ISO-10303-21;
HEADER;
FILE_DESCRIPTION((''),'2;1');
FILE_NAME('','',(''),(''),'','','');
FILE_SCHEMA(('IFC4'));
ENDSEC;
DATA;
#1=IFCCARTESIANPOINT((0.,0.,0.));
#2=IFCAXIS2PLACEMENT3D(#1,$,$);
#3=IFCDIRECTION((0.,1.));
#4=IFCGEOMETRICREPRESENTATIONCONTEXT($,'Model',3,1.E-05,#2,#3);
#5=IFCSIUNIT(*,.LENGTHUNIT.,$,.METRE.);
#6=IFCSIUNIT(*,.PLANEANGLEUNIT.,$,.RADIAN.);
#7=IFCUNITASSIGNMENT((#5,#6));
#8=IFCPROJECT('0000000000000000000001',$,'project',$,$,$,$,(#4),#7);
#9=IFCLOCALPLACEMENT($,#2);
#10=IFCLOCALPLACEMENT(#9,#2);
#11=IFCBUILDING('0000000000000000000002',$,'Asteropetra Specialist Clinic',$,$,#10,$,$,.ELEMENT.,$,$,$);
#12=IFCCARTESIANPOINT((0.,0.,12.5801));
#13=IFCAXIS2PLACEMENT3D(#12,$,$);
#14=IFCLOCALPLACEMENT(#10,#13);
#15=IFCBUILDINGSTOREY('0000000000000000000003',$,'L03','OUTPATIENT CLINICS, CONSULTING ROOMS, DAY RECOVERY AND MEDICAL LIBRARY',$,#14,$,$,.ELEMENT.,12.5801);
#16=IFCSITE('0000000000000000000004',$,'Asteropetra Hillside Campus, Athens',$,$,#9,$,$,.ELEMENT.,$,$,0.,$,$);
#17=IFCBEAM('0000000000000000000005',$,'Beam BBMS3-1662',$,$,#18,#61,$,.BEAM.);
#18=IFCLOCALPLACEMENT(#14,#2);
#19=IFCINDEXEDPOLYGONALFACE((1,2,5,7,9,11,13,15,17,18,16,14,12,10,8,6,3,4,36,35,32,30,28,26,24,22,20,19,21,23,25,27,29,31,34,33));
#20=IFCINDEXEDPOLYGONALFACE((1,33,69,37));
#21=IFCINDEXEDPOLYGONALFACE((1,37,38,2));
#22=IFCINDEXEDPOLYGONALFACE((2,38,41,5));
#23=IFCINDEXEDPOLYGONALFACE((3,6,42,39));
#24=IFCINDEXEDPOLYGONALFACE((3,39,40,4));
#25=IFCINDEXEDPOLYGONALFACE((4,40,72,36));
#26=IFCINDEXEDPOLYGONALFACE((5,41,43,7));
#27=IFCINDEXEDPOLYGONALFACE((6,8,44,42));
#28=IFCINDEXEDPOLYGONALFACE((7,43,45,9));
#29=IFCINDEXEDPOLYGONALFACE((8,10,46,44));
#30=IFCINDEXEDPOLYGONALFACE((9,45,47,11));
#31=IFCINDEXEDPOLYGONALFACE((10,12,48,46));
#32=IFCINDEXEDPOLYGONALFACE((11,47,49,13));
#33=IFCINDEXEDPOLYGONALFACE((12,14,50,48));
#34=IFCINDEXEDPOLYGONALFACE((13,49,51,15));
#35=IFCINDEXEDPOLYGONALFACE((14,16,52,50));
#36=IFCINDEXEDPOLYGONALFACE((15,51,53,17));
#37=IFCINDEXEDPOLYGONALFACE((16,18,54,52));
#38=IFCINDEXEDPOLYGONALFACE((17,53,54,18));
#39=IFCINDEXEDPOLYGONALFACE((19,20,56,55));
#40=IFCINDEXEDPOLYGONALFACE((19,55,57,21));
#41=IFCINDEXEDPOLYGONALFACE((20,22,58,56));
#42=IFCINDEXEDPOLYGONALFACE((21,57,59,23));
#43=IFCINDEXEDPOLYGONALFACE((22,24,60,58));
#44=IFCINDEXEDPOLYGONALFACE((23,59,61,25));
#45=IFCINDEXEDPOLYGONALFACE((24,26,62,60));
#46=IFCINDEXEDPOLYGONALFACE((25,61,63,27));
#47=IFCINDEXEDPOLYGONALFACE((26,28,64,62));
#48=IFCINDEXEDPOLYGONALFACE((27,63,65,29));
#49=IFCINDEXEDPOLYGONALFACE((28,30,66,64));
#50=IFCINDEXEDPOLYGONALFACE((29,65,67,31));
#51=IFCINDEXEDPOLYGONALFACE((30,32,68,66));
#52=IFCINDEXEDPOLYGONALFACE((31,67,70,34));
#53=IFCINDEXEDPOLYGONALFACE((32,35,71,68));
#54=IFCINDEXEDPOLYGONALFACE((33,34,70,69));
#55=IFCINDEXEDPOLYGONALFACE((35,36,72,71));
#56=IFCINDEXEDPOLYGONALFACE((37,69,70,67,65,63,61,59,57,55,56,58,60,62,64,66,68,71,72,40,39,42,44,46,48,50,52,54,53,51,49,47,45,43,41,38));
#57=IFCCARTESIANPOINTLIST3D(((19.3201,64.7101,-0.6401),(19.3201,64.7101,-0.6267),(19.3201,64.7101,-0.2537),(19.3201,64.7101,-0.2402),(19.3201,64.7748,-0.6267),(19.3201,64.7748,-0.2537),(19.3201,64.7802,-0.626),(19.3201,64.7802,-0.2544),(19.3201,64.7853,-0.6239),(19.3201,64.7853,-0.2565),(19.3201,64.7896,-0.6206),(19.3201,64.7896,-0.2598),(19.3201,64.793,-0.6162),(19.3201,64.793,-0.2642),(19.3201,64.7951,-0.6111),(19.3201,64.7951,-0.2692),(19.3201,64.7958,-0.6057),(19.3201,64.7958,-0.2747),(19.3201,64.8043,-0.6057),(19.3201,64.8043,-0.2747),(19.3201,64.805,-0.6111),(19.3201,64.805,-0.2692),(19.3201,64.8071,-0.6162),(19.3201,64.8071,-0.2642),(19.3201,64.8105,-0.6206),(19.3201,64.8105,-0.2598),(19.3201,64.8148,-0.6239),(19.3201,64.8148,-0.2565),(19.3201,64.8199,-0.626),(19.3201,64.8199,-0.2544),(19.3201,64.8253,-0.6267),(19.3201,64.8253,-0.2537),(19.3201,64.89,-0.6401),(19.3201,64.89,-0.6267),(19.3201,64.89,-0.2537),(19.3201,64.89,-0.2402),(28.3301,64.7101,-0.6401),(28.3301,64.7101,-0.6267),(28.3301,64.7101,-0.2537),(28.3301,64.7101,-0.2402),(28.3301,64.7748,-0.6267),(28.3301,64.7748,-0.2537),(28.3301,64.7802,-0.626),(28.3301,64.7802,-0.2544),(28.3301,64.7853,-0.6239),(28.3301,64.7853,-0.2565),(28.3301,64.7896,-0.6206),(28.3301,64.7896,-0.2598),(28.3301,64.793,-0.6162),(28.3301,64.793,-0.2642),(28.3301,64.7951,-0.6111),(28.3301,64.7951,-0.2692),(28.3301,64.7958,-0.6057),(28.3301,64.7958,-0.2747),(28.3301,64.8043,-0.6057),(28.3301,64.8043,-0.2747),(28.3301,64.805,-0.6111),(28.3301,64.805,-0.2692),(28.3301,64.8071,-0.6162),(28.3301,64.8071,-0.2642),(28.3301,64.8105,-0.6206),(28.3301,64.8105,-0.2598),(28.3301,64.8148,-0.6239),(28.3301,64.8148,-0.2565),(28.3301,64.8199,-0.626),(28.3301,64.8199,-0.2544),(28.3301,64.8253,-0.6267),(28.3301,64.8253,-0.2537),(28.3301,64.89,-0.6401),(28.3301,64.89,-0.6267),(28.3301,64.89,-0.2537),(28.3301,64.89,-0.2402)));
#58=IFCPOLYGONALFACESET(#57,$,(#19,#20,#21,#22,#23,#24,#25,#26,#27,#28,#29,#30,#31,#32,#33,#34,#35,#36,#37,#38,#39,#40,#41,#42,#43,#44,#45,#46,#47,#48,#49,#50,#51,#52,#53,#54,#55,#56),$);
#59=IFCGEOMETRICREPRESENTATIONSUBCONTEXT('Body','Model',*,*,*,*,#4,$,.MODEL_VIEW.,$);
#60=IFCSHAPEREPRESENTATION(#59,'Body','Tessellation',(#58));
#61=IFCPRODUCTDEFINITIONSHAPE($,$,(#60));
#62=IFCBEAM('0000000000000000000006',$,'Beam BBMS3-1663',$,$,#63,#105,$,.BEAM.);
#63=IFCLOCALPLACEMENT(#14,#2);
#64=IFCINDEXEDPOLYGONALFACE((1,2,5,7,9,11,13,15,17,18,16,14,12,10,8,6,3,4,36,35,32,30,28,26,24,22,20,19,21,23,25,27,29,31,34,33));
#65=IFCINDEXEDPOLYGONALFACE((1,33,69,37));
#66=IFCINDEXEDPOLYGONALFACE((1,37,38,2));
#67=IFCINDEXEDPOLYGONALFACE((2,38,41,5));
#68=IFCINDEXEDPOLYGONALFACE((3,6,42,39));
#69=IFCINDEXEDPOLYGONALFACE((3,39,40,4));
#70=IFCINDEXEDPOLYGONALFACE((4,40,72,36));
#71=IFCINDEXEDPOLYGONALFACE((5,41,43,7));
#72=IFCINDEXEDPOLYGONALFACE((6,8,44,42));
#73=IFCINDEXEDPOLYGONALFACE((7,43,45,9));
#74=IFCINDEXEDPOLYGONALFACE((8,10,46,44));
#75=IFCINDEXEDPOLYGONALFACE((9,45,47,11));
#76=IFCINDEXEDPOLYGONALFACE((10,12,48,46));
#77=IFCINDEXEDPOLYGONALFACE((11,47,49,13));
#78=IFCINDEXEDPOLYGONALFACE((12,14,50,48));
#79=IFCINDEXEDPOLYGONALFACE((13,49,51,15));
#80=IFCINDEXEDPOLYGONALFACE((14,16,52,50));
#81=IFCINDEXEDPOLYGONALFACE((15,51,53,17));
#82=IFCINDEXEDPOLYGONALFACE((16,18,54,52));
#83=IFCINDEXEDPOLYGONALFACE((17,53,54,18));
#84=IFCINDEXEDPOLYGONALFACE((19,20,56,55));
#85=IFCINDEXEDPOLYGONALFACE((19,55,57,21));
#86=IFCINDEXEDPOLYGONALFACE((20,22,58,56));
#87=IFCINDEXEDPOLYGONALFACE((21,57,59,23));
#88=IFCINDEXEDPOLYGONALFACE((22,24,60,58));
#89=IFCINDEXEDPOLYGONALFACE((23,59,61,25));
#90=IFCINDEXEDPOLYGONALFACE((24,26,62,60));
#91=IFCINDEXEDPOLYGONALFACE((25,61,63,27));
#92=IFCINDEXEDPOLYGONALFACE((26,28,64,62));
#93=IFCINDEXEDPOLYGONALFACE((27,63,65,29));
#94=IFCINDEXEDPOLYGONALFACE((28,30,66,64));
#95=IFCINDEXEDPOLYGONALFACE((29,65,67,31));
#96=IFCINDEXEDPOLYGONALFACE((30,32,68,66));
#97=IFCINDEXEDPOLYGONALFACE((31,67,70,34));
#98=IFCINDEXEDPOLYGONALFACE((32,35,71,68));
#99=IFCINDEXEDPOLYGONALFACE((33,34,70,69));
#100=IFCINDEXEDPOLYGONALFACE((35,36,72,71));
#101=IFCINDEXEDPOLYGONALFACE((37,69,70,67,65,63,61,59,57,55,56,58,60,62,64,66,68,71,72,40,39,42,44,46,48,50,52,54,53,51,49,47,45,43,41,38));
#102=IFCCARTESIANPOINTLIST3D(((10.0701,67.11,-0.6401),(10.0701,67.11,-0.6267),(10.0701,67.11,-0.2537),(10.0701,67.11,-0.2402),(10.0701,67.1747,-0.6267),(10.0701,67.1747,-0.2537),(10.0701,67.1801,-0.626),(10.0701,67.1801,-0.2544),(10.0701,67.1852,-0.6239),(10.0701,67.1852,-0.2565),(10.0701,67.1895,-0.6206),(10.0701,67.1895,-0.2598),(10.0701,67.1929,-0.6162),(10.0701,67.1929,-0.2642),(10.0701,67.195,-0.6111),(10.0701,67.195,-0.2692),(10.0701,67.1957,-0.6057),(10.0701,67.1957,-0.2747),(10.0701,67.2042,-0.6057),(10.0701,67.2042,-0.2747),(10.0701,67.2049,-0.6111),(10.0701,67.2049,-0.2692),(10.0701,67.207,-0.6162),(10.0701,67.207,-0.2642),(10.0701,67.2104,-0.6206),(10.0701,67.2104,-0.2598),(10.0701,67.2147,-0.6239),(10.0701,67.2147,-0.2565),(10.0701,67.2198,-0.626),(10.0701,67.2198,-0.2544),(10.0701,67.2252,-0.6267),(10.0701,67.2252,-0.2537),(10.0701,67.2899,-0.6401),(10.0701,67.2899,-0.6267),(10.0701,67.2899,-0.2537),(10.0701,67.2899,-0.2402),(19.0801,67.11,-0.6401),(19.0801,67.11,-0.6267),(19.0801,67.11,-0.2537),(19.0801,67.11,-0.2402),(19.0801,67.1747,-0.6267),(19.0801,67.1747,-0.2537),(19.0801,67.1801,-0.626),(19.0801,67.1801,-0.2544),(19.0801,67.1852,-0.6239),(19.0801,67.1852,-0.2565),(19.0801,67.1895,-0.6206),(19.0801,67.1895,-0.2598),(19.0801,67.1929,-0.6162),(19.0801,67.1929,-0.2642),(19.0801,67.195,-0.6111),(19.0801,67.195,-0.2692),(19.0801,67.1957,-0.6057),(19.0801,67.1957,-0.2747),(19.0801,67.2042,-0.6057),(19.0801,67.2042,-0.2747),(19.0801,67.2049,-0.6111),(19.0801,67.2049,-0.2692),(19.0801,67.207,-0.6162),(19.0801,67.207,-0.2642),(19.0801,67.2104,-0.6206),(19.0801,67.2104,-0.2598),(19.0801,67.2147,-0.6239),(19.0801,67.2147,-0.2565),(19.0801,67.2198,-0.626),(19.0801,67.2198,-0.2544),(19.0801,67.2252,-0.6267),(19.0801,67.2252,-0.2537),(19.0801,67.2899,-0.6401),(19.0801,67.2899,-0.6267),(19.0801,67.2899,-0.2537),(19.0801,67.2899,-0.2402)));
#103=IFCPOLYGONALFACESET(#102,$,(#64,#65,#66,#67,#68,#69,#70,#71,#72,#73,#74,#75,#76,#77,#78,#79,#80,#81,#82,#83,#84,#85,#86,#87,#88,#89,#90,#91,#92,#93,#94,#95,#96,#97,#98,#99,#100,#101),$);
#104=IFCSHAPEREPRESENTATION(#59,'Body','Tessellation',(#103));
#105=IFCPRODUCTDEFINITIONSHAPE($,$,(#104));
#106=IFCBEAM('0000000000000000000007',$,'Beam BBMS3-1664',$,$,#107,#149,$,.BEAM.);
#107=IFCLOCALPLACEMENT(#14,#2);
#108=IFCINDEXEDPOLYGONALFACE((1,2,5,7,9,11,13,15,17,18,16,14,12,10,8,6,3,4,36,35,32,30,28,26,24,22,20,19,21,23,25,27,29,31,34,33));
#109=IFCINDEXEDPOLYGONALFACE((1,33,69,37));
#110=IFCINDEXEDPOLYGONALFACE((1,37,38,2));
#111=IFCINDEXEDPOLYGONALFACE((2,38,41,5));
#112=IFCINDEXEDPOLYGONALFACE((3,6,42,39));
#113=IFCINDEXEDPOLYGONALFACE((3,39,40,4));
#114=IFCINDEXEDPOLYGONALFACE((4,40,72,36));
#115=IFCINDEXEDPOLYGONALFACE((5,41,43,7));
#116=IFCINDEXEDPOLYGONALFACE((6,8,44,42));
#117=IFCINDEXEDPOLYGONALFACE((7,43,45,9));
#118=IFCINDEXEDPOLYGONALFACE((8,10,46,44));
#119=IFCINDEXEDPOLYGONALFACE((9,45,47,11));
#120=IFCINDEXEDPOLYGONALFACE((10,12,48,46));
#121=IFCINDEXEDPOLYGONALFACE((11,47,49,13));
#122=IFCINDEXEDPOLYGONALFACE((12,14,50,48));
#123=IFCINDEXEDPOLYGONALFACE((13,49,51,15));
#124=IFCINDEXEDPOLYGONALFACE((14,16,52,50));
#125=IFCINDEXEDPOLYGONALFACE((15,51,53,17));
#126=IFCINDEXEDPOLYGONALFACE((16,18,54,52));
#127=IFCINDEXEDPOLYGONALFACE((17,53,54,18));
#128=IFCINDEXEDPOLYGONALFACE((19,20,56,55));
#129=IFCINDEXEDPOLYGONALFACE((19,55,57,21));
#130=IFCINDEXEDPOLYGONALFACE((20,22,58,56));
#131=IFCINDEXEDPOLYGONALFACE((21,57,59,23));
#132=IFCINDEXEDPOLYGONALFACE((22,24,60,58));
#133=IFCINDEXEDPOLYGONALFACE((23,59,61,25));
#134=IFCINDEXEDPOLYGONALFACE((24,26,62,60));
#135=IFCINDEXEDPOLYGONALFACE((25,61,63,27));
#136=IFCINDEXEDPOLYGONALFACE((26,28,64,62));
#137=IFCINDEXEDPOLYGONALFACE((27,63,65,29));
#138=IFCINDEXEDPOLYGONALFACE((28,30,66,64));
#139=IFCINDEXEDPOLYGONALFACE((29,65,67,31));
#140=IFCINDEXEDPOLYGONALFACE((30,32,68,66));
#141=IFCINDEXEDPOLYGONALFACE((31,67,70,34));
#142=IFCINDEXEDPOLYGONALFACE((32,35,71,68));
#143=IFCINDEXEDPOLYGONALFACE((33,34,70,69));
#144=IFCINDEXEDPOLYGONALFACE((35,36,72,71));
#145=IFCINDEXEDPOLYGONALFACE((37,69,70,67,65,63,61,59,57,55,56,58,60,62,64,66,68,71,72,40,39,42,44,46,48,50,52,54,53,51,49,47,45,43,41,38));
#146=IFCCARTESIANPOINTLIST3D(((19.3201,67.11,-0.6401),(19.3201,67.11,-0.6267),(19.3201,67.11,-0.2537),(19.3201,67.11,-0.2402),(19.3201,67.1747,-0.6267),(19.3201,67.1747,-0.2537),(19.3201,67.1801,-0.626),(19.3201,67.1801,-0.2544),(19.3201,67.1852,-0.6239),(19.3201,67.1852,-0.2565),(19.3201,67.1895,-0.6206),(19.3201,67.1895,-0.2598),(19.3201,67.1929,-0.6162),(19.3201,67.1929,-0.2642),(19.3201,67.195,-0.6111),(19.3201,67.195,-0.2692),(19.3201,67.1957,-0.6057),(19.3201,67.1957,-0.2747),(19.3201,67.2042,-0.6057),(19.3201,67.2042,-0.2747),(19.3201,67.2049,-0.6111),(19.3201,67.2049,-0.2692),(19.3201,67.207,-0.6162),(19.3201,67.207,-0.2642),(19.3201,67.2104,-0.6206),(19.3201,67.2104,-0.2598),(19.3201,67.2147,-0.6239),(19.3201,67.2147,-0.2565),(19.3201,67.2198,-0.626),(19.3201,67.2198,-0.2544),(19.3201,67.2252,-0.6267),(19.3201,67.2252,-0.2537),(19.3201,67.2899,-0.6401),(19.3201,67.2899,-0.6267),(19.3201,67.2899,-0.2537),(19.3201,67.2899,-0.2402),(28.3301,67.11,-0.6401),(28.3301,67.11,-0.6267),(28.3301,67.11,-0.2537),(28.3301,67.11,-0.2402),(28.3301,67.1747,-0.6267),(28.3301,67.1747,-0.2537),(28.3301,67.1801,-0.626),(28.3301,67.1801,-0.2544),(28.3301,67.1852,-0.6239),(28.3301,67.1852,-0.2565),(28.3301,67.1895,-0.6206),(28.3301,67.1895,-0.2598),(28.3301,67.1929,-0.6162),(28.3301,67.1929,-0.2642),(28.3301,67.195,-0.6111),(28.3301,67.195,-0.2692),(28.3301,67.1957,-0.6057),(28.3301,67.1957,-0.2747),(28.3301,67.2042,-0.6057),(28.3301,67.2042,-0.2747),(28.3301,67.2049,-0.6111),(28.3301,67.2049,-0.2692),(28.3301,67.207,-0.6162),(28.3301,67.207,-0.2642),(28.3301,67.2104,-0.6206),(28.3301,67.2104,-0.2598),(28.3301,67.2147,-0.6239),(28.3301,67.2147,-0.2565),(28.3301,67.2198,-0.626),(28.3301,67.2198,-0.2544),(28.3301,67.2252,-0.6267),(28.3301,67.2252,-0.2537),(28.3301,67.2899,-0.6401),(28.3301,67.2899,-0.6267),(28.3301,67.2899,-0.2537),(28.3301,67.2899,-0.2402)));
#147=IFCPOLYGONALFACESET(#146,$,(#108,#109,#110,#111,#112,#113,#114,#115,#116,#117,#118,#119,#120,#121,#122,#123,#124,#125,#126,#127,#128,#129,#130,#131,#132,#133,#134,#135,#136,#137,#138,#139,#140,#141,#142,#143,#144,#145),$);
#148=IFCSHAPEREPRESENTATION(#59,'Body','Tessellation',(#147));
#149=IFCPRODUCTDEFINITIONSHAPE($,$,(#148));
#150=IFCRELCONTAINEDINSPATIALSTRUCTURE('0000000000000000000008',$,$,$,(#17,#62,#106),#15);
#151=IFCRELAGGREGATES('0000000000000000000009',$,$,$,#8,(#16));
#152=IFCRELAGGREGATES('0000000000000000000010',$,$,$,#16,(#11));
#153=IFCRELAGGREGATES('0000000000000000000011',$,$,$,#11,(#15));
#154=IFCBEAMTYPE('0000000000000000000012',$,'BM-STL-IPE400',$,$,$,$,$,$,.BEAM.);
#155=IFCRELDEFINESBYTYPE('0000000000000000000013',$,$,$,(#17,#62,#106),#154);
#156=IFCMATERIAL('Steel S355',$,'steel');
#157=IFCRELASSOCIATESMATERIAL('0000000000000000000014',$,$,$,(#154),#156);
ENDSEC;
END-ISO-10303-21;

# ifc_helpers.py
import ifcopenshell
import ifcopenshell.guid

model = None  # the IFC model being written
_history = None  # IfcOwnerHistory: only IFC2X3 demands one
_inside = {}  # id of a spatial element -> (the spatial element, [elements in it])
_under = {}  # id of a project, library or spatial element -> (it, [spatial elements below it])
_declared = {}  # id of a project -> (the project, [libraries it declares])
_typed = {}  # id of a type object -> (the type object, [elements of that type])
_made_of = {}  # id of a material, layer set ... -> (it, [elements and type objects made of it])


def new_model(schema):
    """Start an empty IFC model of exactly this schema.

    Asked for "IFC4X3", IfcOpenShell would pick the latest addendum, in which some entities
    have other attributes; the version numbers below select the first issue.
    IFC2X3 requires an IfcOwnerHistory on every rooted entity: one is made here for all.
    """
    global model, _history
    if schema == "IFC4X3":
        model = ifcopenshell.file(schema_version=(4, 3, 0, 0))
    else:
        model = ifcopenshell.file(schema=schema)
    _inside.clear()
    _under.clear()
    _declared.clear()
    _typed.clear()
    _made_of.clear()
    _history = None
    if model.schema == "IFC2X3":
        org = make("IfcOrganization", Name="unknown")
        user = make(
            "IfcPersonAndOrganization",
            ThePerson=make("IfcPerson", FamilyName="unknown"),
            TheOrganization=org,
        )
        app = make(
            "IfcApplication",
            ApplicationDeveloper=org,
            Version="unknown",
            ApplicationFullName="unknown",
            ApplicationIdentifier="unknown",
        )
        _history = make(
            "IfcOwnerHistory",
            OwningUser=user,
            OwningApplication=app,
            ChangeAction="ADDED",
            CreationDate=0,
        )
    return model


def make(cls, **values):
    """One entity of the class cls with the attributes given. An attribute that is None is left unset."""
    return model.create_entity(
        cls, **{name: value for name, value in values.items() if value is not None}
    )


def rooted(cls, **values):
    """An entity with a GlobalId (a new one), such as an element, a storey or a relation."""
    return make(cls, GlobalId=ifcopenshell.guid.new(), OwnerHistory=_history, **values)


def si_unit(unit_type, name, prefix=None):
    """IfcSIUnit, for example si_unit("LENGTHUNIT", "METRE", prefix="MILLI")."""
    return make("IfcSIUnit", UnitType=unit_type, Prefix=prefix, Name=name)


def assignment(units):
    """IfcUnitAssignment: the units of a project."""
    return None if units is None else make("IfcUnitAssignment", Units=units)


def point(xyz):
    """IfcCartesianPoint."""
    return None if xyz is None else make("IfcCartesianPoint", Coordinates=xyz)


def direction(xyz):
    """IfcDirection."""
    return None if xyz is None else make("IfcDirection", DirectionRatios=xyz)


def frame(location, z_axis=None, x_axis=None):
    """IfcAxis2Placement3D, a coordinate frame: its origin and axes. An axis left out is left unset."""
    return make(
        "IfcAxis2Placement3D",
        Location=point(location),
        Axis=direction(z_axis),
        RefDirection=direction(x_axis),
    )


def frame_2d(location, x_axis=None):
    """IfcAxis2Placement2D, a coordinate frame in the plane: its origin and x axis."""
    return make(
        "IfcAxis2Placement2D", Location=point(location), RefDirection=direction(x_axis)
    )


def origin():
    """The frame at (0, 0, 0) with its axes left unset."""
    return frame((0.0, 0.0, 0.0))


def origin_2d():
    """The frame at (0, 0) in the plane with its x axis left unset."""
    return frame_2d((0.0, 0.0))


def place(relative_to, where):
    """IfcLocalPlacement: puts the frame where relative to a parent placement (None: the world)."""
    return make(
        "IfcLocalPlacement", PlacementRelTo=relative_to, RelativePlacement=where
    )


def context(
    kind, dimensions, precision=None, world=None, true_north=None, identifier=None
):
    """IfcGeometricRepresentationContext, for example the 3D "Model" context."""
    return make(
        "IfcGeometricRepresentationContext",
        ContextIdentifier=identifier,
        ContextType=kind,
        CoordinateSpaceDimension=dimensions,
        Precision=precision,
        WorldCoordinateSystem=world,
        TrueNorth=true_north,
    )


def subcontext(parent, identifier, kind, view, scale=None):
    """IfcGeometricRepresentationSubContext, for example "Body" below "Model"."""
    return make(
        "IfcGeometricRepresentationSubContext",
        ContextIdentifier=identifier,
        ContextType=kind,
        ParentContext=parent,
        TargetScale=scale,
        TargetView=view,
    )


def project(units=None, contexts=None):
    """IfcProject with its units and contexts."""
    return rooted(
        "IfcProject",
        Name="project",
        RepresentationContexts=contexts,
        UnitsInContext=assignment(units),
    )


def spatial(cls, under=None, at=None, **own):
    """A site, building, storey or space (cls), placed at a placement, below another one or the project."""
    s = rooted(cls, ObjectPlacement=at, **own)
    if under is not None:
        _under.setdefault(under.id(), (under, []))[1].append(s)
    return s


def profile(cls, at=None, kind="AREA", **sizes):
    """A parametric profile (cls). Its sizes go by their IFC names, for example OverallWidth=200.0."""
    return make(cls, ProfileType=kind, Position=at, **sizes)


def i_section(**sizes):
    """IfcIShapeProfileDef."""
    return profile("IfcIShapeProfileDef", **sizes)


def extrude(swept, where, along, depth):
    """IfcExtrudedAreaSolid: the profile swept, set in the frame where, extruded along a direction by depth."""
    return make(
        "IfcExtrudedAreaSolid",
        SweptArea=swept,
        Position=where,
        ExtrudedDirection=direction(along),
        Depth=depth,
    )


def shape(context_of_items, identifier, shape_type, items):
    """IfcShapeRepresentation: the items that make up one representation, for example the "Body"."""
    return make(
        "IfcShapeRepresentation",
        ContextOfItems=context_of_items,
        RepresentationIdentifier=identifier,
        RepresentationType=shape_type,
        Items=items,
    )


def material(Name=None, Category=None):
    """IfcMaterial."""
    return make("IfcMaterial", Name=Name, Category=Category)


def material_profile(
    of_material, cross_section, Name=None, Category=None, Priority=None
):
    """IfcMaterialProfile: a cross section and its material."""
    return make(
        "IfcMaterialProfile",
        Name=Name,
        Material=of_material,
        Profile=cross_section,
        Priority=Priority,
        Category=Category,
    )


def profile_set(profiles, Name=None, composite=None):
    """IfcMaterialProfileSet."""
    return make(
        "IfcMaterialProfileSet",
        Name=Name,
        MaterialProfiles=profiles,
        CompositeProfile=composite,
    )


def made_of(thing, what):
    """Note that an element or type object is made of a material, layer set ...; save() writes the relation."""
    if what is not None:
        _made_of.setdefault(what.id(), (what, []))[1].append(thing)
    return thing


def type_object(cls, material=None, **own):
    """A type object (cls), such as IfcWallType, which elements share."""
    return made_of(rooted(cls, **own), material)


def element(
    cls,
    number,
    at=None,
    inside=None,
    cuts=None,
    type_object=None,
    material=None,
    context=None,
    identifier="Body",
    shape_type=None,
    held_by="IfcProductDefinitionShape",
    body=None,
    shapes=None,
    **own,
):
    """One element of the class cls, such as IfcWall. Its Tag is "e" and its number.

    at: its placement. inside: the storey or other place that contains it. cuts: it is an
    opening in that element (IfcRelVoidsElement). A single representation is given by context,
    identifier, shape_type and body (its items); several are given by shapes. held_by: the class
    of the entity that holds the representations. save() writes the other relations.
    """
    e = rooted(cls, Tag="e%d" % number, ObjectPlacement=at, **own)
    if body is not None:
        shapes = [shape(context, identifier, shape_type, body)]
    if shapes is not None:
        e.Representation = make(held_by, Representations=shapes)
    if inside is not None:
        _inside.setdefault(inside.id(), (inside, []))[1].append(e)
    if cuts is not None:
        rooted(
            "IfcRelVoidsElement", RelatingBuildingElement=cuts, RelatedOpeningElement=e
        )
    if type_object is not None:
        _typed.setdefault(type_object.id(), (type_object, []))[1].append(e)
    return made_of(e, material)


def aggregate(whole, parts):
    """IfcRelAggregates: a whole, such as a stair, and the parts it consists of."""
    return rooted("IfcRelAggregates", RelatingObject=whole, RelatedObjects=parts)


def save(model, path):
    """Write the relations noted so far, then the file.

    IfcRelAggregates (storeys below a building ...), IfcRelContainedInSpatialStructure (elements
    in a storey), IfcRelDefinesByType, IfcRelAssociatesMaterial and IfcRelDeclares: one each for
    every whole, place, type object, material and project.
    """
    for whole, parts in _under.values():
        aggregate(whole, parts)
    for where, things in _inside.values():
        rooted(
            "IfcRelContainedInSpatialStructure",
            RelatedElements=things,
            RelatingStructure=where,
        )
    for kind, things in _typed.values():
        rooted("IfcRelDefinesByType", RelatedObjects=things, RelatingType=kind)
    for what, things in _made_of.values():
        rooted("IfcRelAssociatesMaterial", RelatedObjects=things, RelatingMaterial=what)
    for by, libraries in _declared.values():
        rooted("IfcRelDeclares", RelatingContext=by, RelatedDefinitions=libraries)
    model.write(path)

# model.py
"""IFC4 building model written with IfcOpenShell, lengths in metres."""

from ifc_helpers import new_model, si_unit, direction, frame, origin, origin_2d, place, context, subcontext, project, spatial, i_section, extrude, material, material_profile, profile_set, type_object, element, save


model = new_model("IFC4")

# Units and contexts
model_context = context("Model", 3, precision=1e-05, world=origin(), true_north=direction((0.0, 1.0)))
body_context = subcontext(model_context, "Body", "Model", "MODEL_VIEW")
ifc_project = project(units=[si_unit("LENGTHUNIT", "METRE"), si_unit("PLANEANGLEUNIT", "RADIAN")], contexts=[model_context])

# Site, building, storey
site_placement = place(None, origin())
site = spatial("IfcSite", under=ifc_project, at=site_placement, Name="Asteropetra Hillside Campus, Athens", CompositionType="ELEMENT", RefElevation=0.0)
building_placement = place(site_placement, origin())
building = spatial("IfcBuilding", under=site, at=building_placement, Name="Asteropetra Specialist Clinic", CompositionType="ELEMENT")
storey_placement = place(building_placement, frame((0.0, 0.0, 12.5801)))
storey = spatial("IfcBuildingStorey", under=building, at=storey_placement, Name="L03", Description="OUTPATIENT CLINICS, CONSULTING ROOMS, DAY RECOVERY AND MEDICAL LIBRARY", CompositionType="ELEMENT", Elevation=12.5801)

# Beams
ifc_material_1 = material(Name="Steel S355", Category="steel")
ifc_material_profile_1 = material_profile(ifc_material_1, i_section(OverallWidth=0.1799, OverallDepth=0.3999, WebThickness=0.0085, FlangeThickness=0.0134, FilletRadius=0.021, at=origin_2d()), Name="IPE 400")
ifc_profile_set_1 = profile_set([ifc_material_profile_1], Name="Steel S355")
beam_type_1 = type_object("IfcBeamType", Name="BM-STL-IPE400", PredefinedType="BEAM", material=ifc_profile_set_1)
for number, where, z_axis, x_axis, name in (
    (1, (19.3201, 64.8, -0.4402), (1.0, 0.0, 0.0), (0.0, 1.0, 0.0), "Beam BBMS3-1662"),
    (2, (10.0701, 67.2, -0.4402), (1.0, 0.0, 0.0), (0.0, 1.0, 0.0), "Beam BBMS3-1663"),
    (3, (19.3201, 67.2, -0.4402), (1.0, 0.0, 0.0), (0.0, 1.0, 0.0), "Beam BBMS3-1664"),
):
    element("IfcBeam", number, at=place(storey_placement, frame(where, z_axis=z_axis, x_axis=x_axis)), inside=storey, type_object=beam_type_1, Name=name, PredefinedType="BEAM", context=body_context, shape_type="SweptSolid", body=[
        extrude(i_section(OverallWidth=0.1799, OverallDepth=0.3999, WebThickness=0.0085, FlangeThickness=0.0134, FilletRadius=0.021, at=origin_2d()), origin(), (0.0, 0.0, 1.0), 9.01),
    ])

save(model, "model.ifc")
